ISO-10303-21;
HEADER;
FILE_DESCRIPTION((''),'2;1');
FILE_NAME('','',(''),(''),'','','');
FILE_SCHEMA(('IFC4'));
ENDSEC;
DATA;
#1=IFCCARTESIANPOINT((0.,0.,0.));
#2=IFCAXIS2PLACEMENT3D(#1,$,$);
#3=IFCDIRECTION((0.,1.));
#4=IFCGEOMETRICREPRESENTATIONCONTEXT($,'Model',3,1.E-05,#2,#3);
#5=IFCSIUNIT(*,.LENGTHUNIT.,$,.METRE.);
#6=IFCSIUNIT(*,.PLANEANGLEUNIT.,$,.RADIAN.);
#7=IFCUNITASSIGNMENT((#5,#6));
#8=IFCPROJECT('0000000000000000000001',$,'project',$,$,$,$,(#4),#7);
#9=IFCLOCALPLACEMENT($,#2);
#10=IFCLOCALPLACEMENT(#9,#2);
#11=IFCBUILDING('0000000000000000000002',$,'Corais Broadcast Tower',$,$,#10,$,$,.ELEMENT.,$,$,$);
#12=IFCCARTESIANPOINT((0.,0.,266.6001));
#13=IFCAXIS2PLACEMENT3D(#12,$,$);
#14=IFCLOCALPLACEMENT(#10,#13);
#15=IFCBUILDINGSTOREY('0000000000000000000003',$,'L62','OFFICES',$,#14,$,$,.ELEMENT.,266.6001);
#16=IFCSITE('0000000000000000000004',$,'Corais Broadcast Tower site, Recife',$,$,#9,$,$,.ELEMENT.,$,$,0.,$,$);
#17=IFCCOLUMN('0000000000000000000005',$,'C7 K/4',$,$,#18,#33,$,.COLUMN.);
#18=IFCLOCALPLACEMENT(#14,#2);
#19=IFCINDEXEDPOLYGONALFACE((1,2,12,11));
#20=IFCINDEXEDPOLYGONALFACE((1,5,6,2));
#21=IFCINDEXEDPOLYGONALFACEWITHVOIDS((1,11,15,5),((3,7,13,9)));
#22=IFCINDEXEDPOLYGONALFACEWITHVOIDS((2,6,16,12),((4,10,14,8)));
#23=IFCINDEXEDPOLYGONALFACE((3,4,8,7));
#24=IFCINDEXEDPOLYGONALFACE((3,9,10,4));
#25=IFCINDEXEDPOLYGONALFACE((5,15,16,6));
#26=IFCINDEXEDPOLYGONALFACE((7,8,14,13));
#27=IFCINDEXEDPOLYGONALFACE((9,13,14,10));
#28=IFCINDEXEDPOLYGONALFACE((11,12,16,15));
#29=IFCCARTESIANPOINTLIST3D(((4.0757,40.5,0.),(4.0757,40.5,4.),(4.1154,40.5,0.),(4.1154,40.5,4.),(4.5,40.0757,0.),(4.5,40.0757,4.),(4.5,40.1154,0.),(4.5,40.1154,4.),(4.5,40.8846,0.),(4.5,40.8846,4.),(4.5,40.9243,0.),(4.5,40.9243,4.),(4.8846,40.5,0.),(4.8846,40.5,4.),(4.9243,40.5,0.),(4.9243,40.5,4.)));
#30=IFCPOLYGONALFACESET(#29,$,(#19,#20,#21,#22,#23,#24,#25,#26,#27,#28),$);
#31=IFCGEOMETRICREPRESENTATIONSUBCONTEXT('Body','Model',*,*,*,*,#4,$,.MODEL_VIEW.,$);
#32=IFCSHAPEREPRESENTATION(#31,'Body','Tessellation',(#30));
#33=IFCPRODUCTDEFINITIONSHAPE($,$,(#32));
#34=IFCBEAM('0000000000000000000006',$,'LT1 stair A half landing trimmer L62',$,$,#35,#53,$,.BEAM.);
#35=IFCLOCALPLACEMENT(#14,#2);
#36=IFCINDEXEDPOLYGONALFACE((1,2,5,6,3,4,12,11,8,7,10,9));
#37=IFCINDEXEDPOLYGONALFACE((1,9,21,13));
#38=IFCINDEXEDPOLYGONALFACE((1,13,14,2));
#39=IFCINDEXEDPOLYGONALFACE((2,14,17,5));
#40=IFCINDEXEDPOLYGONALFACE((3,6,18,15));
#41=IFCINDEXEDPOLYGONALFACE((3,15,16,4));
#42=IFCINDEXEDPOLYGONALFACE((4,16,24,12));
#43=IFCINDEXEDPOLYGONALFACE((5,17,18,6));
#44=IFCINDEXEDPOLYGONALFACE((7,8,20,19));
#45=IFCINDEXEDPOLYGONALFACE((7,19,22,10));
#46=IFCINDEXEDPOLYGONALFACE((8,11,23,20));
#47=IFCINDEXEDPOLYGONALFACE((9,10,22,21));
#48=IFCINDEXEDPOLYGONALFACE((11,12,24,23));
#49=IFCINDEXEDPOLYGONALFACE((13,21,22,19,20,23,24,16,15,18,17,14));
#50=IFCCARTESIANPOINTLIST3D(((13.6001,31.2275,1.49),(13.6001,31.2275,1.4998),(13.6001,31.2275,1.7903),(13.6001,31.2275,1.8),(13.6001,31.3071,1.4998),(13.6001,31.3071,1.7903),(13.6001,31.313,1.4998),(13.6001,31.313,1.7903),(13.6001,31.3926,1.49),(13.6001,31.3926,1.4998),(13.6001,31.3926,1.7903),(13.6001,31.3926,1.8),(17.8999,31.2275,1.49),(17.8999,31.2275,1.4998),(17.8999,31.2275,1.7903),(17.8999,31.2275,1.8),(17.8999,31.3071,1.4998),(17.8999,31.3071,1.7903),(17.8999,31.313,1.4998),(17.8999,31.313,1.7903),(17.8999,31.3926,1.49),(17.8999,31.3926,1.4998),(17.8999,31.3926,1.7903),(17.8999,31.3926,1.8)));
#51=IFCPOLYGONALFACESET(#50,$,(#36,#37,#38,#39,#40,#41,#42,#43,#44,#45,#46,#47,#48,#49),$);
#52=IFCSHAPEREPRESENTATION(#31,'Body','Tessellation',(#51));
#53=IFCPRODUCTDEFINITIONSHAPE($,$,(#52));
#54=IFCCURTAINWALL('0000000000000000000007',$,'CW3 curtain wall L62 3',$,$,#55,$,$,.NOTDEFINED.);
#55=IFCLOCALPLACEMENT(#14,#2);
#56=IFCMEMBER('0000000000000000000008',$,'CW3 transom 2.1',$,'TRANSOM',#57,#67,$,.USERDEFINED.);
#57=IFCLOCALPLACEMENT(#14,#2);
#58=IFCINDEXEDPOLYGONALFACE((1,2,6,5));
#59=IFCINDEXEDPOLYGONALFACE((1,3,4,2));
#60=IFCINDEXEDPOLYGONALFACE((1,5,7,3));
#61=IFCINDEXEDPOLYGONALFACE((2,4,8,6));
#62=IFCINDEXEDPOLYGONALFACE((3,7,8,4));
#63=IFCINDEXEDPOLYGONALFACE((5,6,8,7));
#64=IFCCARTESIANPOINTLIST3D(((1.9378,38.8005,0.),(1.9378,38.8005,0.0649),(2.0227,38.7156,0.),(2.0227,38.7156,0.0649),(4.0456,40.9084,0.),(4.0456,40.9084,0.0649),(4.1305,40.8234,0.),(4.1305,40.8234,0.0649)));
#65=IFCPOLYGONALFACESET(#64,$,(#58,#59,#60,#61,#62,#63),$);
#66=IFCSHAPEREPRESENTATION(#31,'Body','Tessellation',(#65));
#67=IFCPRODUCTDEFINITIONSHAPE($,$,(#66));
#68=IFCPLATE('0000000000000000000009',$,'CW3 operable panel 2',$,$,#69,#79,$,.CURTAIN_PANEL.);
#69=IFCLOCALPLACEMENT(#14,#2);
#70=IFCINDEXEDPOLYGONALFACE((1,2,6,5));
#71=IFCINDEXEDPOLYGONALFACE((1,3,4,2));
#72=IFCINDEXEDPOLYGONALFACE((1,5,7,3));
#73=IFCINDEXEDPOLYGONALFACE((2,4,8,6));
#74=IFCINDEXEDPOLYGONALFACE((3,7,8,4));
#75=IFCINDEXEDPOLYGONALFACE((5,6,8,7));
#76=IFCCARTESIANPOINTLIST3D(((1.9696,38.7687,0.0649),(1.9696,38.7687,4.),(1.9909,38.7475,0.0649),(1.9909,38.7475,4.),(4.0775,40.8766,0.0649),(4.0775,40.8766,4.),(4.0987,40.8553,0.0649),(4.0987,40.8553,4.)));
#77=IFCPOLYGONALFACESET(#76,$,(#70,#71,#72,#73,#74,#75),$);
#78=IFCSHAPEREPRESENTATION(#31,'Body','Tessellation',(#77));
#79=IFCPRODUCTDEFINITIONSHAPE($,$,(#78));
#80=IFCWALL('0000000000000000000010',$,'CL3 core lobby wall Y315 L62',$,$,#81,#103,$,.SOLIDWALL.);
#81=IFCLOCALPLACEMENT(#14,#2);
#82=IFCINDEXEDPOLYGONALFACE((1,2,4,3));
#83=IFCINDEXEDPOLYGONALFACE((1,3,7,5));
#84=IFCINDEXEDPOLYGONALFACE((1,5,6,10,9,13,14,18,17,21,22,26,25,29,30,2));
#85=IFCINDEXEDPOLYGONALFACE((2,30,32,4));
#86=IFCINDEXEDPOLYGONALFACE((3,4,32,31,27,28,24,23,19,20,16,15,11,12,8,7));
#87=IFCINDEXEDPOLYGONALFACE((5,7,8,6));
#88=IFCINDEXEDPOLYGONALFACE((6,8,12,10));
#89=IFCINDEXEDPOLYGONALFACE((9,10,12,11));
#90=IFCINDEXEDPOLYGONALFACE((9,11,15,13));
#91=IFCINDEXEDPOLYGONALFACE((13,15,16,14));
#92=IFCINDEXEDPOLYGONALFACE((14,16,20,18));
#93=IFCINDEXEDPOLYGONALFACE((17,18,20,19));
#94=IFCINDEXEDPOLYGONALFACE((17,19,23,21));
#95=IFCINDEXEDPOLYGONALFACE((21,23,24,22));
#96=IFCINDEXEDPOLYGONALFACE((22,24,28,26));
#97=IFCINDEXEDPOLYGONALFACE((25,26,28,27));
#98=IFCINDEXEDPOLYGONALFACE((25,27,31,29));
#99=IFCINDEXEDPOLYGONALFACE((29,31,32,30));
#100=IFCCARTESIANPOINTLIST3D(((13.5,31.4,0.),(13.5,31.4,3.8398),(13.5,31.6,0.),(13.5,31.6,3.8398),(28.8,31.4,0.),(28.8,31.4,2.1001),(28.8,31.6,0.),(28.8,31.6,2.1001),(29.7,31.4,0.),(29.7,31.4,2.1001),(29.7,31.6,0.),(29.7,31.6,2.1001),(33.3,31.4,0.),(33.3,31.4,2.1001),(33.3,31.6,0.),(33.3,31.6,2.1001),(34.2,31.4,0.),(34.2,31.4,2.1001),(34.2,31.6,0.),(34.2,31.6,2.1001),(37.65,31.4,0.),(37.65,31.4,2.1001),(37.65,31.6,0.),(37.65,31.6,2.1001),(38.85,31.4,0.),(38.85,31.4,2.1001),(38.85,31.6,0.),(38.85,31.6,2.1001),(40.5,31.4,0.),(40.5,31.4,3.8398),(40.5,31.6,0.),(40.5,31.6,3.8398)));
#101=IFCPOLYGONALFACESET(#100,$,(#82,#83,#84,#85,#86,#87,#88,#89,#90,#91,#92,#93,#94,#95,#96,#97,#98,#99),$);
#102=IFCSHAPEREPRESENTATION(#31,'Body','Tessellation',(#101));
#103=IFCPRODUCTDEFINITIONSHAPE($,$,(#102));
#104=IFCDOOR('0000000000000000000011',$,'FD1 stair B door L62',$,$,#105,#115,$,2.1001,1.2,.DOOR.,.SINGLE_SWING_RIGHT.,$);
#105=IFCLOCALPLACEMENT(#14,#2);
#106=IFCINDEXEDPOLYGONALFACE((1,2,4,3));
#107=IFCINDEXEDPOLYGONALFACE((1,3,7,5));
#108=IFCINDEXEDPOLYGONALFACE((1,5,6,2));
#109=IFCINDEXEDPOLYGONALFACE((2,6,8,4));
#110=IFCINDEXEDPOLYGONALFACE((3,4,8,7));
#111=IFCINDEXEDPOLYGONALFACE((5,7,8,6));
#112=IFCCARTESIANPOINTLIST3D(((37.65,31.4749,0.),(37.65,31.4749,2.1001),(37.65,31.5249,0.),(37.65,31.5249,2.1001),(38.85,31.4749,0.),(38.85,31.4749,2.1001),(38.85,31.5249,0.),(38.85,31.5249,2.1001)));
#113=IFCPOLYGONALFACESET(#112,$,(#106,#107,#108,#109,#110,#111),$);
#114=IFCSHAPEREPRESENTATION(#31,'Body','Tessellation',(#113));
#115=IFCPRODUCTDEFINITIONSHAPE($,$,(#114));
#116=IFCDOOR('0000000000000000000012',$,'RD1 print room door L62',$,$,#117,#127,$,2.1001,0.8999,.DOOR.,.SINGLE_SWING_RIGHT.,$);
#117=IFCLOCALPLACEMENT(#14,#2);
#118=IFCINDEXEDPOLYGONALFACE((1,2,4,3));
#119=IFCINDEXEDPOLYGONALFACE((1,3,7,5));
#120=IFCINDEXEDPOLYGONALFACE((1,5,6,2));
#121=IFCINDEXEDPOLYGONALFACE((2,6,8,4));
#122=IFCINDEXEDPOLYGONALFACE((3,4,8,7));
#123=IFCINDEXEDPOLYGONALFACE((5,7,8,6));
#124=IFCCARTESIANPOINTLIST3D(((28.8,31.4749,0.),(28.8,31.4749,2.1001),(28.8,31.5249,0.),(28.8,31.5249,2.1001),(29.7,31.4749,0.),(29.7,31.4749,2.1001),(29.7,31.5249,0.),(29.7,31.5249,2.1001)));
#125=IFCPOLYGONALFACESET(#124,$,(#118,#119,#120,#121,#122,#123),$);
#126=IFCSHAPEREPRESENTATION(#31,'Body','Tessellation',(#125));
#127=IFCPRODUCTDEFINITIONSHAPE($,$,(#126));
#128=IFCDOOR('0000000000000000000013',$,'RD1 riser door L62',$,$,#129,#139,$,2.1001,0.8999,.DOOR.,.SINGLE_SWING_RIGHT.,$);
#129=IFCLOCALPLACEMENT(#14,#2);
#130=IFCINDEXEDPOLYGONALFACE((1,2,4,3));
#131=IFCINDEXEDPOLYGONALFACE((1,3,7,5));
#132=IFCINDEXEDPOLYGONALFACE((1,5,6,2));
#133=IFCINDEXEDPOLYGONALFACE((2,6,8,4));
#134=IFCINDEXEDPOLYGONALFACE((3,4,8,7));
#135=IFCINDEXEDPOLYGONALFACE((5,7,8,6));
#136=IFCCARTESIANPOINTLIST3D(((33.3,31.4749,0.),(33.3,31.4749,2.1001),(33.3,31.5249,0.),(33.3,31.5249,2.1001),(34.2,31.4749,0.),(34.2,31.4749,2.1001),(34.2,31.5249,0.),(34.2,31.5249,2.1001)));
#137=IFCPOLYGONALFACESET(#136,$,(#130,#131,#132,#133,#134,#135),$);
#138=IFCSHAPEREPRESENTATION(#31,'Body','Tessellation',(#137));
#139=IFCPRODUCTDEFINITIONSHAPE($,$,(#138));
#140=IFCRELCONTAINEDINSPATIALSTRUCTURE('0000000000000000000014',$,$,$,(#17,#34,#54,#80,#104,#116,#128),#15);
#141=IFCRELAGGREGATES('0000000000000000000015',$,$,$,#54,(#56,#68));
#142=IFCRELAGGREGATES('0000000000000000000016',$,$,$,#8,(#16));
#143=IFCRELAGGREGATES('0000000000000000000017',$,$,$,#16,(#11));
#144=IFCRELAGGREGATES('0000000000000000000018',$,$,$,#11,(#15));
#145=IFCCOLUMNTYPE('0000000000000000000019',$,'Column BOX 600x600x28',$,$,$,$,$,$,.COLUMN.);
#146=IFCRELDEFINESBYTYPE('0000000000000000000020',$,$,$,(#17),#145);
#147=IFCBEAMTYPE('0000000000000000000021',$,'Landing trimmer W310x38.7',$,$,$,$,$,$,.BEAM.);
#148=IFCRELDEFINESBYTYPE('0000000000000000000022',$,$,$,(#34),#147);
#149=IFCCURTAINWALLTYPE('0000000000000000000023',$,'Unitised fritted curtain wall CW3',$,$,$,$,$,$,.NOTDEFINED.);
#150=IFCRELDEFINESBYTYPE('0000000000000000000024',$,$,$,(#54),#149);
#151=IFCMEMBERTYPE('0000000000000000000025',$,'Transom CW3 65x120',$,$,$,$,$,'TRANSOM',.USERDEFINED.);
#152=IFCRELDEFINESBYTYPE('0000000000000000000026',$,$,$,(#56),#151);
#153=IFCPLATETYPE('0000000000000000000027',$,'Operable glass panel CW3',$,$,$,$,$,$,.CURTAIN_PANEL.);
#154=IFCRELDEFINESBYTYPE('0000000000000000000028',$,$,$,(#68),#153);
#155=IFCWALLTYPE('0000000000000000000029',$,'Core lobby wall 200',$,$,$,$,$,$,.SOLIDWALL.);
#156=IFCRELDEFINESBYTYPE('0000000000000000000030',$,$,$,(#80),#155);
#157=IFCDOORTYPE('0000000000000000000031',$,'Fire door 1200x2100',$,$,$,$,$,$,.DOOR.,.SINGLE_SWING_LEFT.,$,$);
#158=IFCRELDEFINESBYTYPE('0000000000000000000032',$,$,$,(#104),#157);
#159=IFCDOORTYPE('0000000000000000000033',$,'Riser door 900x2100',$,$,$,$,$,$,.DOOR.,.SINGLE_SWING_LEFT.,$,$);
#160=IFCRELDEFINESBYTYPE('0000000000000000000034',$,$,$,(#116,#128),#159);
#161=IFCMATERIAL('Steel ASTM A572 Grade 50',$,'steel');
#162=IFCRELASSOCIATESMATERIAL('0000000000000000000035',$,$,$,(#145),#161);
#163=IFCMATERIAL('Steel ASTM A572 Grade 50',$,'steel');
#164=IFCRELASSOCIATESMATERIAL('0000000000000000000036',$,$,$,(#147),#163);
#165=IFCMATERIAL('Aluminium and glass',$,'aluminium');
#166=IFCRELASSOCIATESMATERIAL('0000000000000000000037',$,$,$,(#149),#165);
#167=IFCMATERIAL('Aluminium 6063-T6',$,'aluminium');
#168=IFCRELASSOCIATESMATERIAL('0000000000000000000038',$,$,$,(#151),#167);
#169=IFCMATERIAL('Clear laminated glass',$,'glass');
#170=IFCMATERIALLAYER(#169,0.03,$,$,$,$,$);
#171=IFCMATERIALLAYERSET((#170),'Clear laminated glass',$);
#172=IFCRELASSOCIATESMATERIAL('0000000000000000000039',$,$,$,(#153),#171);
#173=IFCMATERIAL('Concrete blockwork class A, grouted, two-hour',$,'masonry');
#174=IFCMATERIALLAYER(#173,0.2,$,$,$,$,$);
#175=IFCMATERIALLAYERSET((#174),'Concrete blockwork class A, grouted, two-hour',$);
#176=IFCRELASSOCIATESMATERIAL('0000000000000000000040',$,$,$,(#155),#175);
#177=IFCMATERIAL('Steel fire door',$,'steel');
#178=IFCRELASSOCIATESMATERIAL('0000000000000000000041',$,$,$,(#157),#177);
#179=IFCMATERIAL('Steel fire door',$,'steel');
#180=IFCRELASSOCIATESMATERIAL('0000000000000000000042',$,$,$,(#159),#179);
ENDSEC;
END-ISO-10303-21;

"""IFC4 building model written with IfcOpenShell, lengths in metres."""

from ifc_helpers import new_model, si_unit, direction, frame, frame_2d, origin, origin_2d, place, context, subcontext, project, spatial, rectangle, hollow_rectangle, i_section, extrude, material, layer, layer_set, material_profile, profile_set, type_object, element, fill, aggregate, save


model = new_model("IFC4")

# Units and contexts
model_context = context("Model", 3, precision=1e-05, world=origin(), true_north=direction((0.0, 1.0)))
body_context = subcontext(model_context, "Body", "Model", "MODEL_VIEW")
ifc_project = project(units=[si_unit("LENGTHUNIT", "METRE"), si_unit("PLANEANGLEUNIT", "RADIAN")], contexts=[model_context])

# Site, building, storey
site_placement = place(None, origin())
site = spatial("IfcSite", under=ifc_project, at=site_placement, Name="Corais Broadcast Tower site, Recife", CompositionType="ELEMENT", RefElevation=0.0)
building_placement = place(site_placement, origin())
building = spatial("IfcBuilding", under=site, at=building_placement, Name="Corais Broadcast Tower", CompositionType="ELEMENT")
storey_placement = place(building_placement, frame((0.0, 0.0, 266.6001)))
storey = spatial("IfcBuildingStorey", under=building, at=storey_placement, Name="L62", Description="OFFICES", CompositionType="ELEMENT", Elevation=266.6001)

# Column
ifc_material_1 = material(Name="Steel ASTM A572 Grade 50", Category="steel")
ifc_material_profile_1 = material_profile(ifc_material_1, hollow_rectangle(XDim=0.6001, YDim=0.6001, WallThickness=0.0281, at=origin_2d()), Name="BOX 600x600x28")
ifc_profile_set_1 = profile_set([ifc_material_profile_1], Name="Steel ASTM A572 Grade 50")
column_type = type_object("IfcColumnType", Name="Column BOX 600x600x28", PredefinedType="COLUMN", material=ifc_profile_set_1)
column_placement = place(storey_placement, frame((4.5, 40.5, 0.0), z_axis=(0.0, 0.0, 1.0), x_axis=(0.707107, 0.707107, 0.0)))
element("IfcColumn", 1, at=column_placement, inside=storey, type_object=column_type, Name="C7 K/4", PredefinedType="COLUMN", context=body_context, shape_type="SweptSolid", body=[
    extrude(hollow_rectangle(XDim=0.6001, YDim=0.6001, WallThickness=0.0281, at=origin_2d()), origin(), (0.0, 0.0, 1.0), 4.0),
])

# Beam
ifc_material_2 = material(Name="Steel ASTM A572 Grade 50", Category="steel")
ifc_material_profile_2 = material_profile(ifc_material_2, i_section(OverallWidth=0.165, OverallDepth=0.3101, WebThickness=0.0059, FlangeThickness=0.0098, at=origin_2d()), Name="W310x38.7")
ifc_profile_set_2 = profile_set([ifc_material_profile_2], Name="Steel ASTM A572 Grade 50")
beam_type = type_object("IfcBeamType", Name="Landing trimmer W310x38.7", PredefinedType="BEAM", material=ifc_profile_set_2)
beam_placement = place(storey_placement, frame((13.6001, 31.3101, 1.645), z_axis=(1.0, 0.0, 0.0), x_axis=(0.0, 1.0, 0.0)))
element("IfcBeam", 2, at=beam_placement, inside=storey, type_object=beam_type, Name="LT1 stair A half landing trimmer L62", PredefinedType="BEAM", context=body_context, shape_type="SweptSolid", body=[
    extrude(i_section(OverallWidth=0.165, OverallDepth=0.3101, WebThickness=0.0059, FlangeThickness=0.0098, at=origin_2d()), origin(), (0.0, 0.0, 1.0), 4.2998),
])

# Curtain wall, member, plate
ifc_material_3 = material(Name="Aluminium and glass", Category="aluminium")
curtain_wall_type = type_object("IfcCurtainWallType", Name="Unitised fritted curtain wall CW3", PredefinedType="NOTDEFINED", material=ifc_material_3)
curtain_wall_placement = place(storey_placement, origin())
curtain_wall = element("IfcCurtainWall", 3, at=curtain_wall_placement, inside=storey, type_object=curtain_wall_type, Name="CW3 curtain wall L62 3", PredefinedType="NOTDEFINED")
ifc_material_4 = material(Name="Aluminium 6063-T6", Category="aluminium")
ifc_material_profile_3 = material_profile(ifc_material_4, rectangle(XDim=0.1201, YDim=0.0649, at=origin_2d()), Name="Transom CW3 65x120")
ifc_profile_set_3 = profile_set([ifc_material_profile_3], Name="Aluminium 6063-T6")
member_type = type_object("IfcMemberType", Name="Transom CW3 65x120", ElementType="TRANSOM", PredefinedType="USERDEFINED", material=ifc_profile_set_3)
member_placement = place(storey_placement, frame((1.9802, 38.7581, 0.0325), z_axis=(0.707107, 0.707107, 0.0), x_axis=(-0.707107, 0.707107, 0.0)))
member = element("IfcMember", 4, at=member_placement, type_object=member_type, Name="CW3 transom 2.1", ObjectType="TRANSOM", PredefinedType="USERDEFINED", context=body_context, shape_type="SweptSolid", body=[
    extrude(rectangle(XDim=0.1201, YDim=0.0649, at=origin_2d()), origin(), (0.0, 0.0, 1.0), 2.981),
])
ifc_material_5 = material(Name="Clear laminated glass", Category="glass")
ifc_layer_1 = layer(ifc_material_5, 0.03)
ifc_layer_set_1 = layer_set([ifc_layer_1], Name="Clear laminated glass")
plate_type = type_object("IfcPlateType", Name="Operable glass panel CW3", PredefinedType="CURTAIN_PANEL", material=ifc_layer_set_1)
plate_placement = place(storey_placement, frame((3.0342, 39.812, 0.0649), z_axis=(0.0, 0.0, 1.0), x_axis=(0.707107, 0.707107, 0.0)))
plate = element("IfcPlate", 5, at=plate_placement, type_object=plate_type, Name="CW3 operable panel 2", PredefinedType="CURTAIN_PANEL", context=body_context, shape_type="SweptSolid", body=[
    extrude(rectangle(XDim=2.981, YDim=0.03, at=origin_2d()), origin(), (0.0, 0.0, 1.0), 3.9351),
])
aggregate(curtain_wall, [member, plate])

# Wall, openings, doors
ifc_material_6 = material(Name="Concrete blockwork class A, grouted, two-hour", Category="masonry")
ifc_layer_2 = layer(ifc_material_6, 0.2)
ifc_layer_set_2 = layer_set([ifc_layer_2], Name="Concrete blockwork class A, grouted, two-hour")
wall_type_1 = type_object("IfcWallType", Name="Core lobby wall 200", PredefinedType="SOLIDWALL", material=ifc_layer_set_2)
wall_1_placement = place(storey_placement, frame((13.5, 31.5, 0.0), z_axis=(0.0, 0.0, 1.0), x_axis=(1.0, 0.0, 0.0)))
wall_1 = element("IfcWall", 6, at=wall_1_placement, inside=storey, type_object=wall_type_1, Name="CL3 core lobby wall Y315 L62", PredefinedType="SOLIDWALL", context=body_context, shape_type="SweptSolid", body=[
    extrude(rectangle(XDim=27.0, YDim=0.2, at=frame_2d((13.5, 0.0))), origin(), (0.0, 0.0, 1.0), 3.8398),
])
opening_1_placement = place(wall_1_placement, frame((24.1499, 0.0, 0.0)))
opening_1 = element("IfcOpeningElement", 7, at=opening_1_placement, cuts=wall_1, PredefinedType="OPENING", context=body_context, shape_type="SweptSolid", body=[
    extrude(rectangle(XDim=1.2, YDim=2.1001, at=frame_2d((0.6001, 1.05))), frame((0.0, 0.1099, 0.0), z_axis=(0.0, -1.0, 0.0), x_axis=(1.0, 0.0, 0.0)), (0.0, 0.0, 1.0), 0.22),
])
opening_2_placement = place(wall_1_placement, frame((15.3, 0.0, 0.0)))
opening_2 = element("IfcOpeningElement", 8, at=opening_2_placement, cuts=wall_1, PredefinedType="OPENING", context=body_context, shape_type="SweptSolid", body=[
    extrude(rectangle(XDim=0.8999, YDim=2.1001, at=frame_2d((0.45, 1.05))), frame((0.0, 0.1099, 0.0), z_axis=(0.0, -1.0, 0.0), x_axis=(1.0, 0.0, 0.0)), (0.0, 0.0, 1.0), 0.22),
])
opening_3_placement = place(wall_1_placement, frame((19.8, 0.0, 0.0)))
opening_3 = element("IfcOpeningElement", 9, at=opening_3_placement, cuts=wall_1, PredefinedType="OPENING", context=body_context, shape_type="SweptSolid", body=[
    extrude(rectangle(XDim=0.8999, YDim=2.1001, at=frame_2d((0.45, 1.05))), frame((0.0, 0.1099, 0.0), z_axis=(0.0, -1.0, 0.0), x_axis=(1.0, 0.0, 0.0)), (0.0, 0.0, 1.0), 0.22),
])
ifc_material_7 = material(Name="Steel fire door", Category="steel")
door_type_1 = type_object("IfcDoorType", Name="Fire door 1200x2100", OperationType="SINGLE_SWING_LEFT", PredefinedType="DOOR", material=ifc_material_7)
door_1_placement = place(opening_1_placement, origin())
door_1 = element("IfcDoor", 10, at=door_1_placement, inside=storey, type_object=door_type_1, Name="FD1 stair B door L62", OperationType="SINGLE_SWING_RIGHT", OverallHeight=2.1001, OverallWidth=1.2, PredefinedType="DOOR", context=body_context, shape_type="SweptSolid", body=[
    extrude(rectangle(XDim=1.2, YDim=2.1001, at=frame_2d((0.6001, 1.05))), frame((0.0, 0.0249, 0.0), z_axis=(0.0, -1.0, 0.0), x_axis=(1.0, 0.0, 0.0)), (0.0, 0.0, 1.0), 0.05),
])
fill(opening_1, door_1)
ifc_material_8 = material(Name="Steel fire door", Category="steel")
door_type_2 = type_object("IfcDoorType", Name="Riser door 900x2100", OperationType="SINGLE_SWING_LEFT", PredefinedType="DOOR", material=ifc_material_8)
door_2_placement = place(opening_2_placement, origin())
door_2 = element("IfcDoor", 11, at=door_2_placement, inside=storey, type_object=door_type_2, Name="RD1 print room door L62", OperationType="SINGLE_SWING_RIGHT", OverallHeight=2.1001, OverallWidth=0.8999, PredefinedType="DOOR", context=body_context, shape_type="SweptSolid", body=[
    extrude(rectangle(XDim=0.8999, YDim=2.1001, at=frame_2d((0.45, 1.05))), frame((0.0, 0.0249, 0.0), z_axis=(0.0, -1.0, 0.0), x_axis=(1.0, 0.0, 0.0)), (0.0, 0.0, 1.0), 0.05),
])
fill(opening_2, door_2)
door_3_placement = place(opening_3_placement, origin())
door_3 = element("IfcDoor", 12, at=door_3_placement, inside=storey, type_object=door_type_2, Name="RD1 riser door L62", OperationType="SINGLE_SWING_RIGHT", OverallHeight=2.1001, OverallWidth=0.8999, PredefinedType="DOOR", context=body_context, shape_type="SweptSolid", body=[
    extrude(rectangle(XDim=0.8999, YDim=2.1001, at=frame_2d((0.45, 1.05))), frame((0.0, 0.0249, 0.0), z_axis=(0.0, -1.0, 0.0), x_axis=(1.0, 0.0, 0.0)), (0.0, 0.0, 1.0), 0.05),
])
fill(opening_3, door_3)

save(model, "model.ifc")
